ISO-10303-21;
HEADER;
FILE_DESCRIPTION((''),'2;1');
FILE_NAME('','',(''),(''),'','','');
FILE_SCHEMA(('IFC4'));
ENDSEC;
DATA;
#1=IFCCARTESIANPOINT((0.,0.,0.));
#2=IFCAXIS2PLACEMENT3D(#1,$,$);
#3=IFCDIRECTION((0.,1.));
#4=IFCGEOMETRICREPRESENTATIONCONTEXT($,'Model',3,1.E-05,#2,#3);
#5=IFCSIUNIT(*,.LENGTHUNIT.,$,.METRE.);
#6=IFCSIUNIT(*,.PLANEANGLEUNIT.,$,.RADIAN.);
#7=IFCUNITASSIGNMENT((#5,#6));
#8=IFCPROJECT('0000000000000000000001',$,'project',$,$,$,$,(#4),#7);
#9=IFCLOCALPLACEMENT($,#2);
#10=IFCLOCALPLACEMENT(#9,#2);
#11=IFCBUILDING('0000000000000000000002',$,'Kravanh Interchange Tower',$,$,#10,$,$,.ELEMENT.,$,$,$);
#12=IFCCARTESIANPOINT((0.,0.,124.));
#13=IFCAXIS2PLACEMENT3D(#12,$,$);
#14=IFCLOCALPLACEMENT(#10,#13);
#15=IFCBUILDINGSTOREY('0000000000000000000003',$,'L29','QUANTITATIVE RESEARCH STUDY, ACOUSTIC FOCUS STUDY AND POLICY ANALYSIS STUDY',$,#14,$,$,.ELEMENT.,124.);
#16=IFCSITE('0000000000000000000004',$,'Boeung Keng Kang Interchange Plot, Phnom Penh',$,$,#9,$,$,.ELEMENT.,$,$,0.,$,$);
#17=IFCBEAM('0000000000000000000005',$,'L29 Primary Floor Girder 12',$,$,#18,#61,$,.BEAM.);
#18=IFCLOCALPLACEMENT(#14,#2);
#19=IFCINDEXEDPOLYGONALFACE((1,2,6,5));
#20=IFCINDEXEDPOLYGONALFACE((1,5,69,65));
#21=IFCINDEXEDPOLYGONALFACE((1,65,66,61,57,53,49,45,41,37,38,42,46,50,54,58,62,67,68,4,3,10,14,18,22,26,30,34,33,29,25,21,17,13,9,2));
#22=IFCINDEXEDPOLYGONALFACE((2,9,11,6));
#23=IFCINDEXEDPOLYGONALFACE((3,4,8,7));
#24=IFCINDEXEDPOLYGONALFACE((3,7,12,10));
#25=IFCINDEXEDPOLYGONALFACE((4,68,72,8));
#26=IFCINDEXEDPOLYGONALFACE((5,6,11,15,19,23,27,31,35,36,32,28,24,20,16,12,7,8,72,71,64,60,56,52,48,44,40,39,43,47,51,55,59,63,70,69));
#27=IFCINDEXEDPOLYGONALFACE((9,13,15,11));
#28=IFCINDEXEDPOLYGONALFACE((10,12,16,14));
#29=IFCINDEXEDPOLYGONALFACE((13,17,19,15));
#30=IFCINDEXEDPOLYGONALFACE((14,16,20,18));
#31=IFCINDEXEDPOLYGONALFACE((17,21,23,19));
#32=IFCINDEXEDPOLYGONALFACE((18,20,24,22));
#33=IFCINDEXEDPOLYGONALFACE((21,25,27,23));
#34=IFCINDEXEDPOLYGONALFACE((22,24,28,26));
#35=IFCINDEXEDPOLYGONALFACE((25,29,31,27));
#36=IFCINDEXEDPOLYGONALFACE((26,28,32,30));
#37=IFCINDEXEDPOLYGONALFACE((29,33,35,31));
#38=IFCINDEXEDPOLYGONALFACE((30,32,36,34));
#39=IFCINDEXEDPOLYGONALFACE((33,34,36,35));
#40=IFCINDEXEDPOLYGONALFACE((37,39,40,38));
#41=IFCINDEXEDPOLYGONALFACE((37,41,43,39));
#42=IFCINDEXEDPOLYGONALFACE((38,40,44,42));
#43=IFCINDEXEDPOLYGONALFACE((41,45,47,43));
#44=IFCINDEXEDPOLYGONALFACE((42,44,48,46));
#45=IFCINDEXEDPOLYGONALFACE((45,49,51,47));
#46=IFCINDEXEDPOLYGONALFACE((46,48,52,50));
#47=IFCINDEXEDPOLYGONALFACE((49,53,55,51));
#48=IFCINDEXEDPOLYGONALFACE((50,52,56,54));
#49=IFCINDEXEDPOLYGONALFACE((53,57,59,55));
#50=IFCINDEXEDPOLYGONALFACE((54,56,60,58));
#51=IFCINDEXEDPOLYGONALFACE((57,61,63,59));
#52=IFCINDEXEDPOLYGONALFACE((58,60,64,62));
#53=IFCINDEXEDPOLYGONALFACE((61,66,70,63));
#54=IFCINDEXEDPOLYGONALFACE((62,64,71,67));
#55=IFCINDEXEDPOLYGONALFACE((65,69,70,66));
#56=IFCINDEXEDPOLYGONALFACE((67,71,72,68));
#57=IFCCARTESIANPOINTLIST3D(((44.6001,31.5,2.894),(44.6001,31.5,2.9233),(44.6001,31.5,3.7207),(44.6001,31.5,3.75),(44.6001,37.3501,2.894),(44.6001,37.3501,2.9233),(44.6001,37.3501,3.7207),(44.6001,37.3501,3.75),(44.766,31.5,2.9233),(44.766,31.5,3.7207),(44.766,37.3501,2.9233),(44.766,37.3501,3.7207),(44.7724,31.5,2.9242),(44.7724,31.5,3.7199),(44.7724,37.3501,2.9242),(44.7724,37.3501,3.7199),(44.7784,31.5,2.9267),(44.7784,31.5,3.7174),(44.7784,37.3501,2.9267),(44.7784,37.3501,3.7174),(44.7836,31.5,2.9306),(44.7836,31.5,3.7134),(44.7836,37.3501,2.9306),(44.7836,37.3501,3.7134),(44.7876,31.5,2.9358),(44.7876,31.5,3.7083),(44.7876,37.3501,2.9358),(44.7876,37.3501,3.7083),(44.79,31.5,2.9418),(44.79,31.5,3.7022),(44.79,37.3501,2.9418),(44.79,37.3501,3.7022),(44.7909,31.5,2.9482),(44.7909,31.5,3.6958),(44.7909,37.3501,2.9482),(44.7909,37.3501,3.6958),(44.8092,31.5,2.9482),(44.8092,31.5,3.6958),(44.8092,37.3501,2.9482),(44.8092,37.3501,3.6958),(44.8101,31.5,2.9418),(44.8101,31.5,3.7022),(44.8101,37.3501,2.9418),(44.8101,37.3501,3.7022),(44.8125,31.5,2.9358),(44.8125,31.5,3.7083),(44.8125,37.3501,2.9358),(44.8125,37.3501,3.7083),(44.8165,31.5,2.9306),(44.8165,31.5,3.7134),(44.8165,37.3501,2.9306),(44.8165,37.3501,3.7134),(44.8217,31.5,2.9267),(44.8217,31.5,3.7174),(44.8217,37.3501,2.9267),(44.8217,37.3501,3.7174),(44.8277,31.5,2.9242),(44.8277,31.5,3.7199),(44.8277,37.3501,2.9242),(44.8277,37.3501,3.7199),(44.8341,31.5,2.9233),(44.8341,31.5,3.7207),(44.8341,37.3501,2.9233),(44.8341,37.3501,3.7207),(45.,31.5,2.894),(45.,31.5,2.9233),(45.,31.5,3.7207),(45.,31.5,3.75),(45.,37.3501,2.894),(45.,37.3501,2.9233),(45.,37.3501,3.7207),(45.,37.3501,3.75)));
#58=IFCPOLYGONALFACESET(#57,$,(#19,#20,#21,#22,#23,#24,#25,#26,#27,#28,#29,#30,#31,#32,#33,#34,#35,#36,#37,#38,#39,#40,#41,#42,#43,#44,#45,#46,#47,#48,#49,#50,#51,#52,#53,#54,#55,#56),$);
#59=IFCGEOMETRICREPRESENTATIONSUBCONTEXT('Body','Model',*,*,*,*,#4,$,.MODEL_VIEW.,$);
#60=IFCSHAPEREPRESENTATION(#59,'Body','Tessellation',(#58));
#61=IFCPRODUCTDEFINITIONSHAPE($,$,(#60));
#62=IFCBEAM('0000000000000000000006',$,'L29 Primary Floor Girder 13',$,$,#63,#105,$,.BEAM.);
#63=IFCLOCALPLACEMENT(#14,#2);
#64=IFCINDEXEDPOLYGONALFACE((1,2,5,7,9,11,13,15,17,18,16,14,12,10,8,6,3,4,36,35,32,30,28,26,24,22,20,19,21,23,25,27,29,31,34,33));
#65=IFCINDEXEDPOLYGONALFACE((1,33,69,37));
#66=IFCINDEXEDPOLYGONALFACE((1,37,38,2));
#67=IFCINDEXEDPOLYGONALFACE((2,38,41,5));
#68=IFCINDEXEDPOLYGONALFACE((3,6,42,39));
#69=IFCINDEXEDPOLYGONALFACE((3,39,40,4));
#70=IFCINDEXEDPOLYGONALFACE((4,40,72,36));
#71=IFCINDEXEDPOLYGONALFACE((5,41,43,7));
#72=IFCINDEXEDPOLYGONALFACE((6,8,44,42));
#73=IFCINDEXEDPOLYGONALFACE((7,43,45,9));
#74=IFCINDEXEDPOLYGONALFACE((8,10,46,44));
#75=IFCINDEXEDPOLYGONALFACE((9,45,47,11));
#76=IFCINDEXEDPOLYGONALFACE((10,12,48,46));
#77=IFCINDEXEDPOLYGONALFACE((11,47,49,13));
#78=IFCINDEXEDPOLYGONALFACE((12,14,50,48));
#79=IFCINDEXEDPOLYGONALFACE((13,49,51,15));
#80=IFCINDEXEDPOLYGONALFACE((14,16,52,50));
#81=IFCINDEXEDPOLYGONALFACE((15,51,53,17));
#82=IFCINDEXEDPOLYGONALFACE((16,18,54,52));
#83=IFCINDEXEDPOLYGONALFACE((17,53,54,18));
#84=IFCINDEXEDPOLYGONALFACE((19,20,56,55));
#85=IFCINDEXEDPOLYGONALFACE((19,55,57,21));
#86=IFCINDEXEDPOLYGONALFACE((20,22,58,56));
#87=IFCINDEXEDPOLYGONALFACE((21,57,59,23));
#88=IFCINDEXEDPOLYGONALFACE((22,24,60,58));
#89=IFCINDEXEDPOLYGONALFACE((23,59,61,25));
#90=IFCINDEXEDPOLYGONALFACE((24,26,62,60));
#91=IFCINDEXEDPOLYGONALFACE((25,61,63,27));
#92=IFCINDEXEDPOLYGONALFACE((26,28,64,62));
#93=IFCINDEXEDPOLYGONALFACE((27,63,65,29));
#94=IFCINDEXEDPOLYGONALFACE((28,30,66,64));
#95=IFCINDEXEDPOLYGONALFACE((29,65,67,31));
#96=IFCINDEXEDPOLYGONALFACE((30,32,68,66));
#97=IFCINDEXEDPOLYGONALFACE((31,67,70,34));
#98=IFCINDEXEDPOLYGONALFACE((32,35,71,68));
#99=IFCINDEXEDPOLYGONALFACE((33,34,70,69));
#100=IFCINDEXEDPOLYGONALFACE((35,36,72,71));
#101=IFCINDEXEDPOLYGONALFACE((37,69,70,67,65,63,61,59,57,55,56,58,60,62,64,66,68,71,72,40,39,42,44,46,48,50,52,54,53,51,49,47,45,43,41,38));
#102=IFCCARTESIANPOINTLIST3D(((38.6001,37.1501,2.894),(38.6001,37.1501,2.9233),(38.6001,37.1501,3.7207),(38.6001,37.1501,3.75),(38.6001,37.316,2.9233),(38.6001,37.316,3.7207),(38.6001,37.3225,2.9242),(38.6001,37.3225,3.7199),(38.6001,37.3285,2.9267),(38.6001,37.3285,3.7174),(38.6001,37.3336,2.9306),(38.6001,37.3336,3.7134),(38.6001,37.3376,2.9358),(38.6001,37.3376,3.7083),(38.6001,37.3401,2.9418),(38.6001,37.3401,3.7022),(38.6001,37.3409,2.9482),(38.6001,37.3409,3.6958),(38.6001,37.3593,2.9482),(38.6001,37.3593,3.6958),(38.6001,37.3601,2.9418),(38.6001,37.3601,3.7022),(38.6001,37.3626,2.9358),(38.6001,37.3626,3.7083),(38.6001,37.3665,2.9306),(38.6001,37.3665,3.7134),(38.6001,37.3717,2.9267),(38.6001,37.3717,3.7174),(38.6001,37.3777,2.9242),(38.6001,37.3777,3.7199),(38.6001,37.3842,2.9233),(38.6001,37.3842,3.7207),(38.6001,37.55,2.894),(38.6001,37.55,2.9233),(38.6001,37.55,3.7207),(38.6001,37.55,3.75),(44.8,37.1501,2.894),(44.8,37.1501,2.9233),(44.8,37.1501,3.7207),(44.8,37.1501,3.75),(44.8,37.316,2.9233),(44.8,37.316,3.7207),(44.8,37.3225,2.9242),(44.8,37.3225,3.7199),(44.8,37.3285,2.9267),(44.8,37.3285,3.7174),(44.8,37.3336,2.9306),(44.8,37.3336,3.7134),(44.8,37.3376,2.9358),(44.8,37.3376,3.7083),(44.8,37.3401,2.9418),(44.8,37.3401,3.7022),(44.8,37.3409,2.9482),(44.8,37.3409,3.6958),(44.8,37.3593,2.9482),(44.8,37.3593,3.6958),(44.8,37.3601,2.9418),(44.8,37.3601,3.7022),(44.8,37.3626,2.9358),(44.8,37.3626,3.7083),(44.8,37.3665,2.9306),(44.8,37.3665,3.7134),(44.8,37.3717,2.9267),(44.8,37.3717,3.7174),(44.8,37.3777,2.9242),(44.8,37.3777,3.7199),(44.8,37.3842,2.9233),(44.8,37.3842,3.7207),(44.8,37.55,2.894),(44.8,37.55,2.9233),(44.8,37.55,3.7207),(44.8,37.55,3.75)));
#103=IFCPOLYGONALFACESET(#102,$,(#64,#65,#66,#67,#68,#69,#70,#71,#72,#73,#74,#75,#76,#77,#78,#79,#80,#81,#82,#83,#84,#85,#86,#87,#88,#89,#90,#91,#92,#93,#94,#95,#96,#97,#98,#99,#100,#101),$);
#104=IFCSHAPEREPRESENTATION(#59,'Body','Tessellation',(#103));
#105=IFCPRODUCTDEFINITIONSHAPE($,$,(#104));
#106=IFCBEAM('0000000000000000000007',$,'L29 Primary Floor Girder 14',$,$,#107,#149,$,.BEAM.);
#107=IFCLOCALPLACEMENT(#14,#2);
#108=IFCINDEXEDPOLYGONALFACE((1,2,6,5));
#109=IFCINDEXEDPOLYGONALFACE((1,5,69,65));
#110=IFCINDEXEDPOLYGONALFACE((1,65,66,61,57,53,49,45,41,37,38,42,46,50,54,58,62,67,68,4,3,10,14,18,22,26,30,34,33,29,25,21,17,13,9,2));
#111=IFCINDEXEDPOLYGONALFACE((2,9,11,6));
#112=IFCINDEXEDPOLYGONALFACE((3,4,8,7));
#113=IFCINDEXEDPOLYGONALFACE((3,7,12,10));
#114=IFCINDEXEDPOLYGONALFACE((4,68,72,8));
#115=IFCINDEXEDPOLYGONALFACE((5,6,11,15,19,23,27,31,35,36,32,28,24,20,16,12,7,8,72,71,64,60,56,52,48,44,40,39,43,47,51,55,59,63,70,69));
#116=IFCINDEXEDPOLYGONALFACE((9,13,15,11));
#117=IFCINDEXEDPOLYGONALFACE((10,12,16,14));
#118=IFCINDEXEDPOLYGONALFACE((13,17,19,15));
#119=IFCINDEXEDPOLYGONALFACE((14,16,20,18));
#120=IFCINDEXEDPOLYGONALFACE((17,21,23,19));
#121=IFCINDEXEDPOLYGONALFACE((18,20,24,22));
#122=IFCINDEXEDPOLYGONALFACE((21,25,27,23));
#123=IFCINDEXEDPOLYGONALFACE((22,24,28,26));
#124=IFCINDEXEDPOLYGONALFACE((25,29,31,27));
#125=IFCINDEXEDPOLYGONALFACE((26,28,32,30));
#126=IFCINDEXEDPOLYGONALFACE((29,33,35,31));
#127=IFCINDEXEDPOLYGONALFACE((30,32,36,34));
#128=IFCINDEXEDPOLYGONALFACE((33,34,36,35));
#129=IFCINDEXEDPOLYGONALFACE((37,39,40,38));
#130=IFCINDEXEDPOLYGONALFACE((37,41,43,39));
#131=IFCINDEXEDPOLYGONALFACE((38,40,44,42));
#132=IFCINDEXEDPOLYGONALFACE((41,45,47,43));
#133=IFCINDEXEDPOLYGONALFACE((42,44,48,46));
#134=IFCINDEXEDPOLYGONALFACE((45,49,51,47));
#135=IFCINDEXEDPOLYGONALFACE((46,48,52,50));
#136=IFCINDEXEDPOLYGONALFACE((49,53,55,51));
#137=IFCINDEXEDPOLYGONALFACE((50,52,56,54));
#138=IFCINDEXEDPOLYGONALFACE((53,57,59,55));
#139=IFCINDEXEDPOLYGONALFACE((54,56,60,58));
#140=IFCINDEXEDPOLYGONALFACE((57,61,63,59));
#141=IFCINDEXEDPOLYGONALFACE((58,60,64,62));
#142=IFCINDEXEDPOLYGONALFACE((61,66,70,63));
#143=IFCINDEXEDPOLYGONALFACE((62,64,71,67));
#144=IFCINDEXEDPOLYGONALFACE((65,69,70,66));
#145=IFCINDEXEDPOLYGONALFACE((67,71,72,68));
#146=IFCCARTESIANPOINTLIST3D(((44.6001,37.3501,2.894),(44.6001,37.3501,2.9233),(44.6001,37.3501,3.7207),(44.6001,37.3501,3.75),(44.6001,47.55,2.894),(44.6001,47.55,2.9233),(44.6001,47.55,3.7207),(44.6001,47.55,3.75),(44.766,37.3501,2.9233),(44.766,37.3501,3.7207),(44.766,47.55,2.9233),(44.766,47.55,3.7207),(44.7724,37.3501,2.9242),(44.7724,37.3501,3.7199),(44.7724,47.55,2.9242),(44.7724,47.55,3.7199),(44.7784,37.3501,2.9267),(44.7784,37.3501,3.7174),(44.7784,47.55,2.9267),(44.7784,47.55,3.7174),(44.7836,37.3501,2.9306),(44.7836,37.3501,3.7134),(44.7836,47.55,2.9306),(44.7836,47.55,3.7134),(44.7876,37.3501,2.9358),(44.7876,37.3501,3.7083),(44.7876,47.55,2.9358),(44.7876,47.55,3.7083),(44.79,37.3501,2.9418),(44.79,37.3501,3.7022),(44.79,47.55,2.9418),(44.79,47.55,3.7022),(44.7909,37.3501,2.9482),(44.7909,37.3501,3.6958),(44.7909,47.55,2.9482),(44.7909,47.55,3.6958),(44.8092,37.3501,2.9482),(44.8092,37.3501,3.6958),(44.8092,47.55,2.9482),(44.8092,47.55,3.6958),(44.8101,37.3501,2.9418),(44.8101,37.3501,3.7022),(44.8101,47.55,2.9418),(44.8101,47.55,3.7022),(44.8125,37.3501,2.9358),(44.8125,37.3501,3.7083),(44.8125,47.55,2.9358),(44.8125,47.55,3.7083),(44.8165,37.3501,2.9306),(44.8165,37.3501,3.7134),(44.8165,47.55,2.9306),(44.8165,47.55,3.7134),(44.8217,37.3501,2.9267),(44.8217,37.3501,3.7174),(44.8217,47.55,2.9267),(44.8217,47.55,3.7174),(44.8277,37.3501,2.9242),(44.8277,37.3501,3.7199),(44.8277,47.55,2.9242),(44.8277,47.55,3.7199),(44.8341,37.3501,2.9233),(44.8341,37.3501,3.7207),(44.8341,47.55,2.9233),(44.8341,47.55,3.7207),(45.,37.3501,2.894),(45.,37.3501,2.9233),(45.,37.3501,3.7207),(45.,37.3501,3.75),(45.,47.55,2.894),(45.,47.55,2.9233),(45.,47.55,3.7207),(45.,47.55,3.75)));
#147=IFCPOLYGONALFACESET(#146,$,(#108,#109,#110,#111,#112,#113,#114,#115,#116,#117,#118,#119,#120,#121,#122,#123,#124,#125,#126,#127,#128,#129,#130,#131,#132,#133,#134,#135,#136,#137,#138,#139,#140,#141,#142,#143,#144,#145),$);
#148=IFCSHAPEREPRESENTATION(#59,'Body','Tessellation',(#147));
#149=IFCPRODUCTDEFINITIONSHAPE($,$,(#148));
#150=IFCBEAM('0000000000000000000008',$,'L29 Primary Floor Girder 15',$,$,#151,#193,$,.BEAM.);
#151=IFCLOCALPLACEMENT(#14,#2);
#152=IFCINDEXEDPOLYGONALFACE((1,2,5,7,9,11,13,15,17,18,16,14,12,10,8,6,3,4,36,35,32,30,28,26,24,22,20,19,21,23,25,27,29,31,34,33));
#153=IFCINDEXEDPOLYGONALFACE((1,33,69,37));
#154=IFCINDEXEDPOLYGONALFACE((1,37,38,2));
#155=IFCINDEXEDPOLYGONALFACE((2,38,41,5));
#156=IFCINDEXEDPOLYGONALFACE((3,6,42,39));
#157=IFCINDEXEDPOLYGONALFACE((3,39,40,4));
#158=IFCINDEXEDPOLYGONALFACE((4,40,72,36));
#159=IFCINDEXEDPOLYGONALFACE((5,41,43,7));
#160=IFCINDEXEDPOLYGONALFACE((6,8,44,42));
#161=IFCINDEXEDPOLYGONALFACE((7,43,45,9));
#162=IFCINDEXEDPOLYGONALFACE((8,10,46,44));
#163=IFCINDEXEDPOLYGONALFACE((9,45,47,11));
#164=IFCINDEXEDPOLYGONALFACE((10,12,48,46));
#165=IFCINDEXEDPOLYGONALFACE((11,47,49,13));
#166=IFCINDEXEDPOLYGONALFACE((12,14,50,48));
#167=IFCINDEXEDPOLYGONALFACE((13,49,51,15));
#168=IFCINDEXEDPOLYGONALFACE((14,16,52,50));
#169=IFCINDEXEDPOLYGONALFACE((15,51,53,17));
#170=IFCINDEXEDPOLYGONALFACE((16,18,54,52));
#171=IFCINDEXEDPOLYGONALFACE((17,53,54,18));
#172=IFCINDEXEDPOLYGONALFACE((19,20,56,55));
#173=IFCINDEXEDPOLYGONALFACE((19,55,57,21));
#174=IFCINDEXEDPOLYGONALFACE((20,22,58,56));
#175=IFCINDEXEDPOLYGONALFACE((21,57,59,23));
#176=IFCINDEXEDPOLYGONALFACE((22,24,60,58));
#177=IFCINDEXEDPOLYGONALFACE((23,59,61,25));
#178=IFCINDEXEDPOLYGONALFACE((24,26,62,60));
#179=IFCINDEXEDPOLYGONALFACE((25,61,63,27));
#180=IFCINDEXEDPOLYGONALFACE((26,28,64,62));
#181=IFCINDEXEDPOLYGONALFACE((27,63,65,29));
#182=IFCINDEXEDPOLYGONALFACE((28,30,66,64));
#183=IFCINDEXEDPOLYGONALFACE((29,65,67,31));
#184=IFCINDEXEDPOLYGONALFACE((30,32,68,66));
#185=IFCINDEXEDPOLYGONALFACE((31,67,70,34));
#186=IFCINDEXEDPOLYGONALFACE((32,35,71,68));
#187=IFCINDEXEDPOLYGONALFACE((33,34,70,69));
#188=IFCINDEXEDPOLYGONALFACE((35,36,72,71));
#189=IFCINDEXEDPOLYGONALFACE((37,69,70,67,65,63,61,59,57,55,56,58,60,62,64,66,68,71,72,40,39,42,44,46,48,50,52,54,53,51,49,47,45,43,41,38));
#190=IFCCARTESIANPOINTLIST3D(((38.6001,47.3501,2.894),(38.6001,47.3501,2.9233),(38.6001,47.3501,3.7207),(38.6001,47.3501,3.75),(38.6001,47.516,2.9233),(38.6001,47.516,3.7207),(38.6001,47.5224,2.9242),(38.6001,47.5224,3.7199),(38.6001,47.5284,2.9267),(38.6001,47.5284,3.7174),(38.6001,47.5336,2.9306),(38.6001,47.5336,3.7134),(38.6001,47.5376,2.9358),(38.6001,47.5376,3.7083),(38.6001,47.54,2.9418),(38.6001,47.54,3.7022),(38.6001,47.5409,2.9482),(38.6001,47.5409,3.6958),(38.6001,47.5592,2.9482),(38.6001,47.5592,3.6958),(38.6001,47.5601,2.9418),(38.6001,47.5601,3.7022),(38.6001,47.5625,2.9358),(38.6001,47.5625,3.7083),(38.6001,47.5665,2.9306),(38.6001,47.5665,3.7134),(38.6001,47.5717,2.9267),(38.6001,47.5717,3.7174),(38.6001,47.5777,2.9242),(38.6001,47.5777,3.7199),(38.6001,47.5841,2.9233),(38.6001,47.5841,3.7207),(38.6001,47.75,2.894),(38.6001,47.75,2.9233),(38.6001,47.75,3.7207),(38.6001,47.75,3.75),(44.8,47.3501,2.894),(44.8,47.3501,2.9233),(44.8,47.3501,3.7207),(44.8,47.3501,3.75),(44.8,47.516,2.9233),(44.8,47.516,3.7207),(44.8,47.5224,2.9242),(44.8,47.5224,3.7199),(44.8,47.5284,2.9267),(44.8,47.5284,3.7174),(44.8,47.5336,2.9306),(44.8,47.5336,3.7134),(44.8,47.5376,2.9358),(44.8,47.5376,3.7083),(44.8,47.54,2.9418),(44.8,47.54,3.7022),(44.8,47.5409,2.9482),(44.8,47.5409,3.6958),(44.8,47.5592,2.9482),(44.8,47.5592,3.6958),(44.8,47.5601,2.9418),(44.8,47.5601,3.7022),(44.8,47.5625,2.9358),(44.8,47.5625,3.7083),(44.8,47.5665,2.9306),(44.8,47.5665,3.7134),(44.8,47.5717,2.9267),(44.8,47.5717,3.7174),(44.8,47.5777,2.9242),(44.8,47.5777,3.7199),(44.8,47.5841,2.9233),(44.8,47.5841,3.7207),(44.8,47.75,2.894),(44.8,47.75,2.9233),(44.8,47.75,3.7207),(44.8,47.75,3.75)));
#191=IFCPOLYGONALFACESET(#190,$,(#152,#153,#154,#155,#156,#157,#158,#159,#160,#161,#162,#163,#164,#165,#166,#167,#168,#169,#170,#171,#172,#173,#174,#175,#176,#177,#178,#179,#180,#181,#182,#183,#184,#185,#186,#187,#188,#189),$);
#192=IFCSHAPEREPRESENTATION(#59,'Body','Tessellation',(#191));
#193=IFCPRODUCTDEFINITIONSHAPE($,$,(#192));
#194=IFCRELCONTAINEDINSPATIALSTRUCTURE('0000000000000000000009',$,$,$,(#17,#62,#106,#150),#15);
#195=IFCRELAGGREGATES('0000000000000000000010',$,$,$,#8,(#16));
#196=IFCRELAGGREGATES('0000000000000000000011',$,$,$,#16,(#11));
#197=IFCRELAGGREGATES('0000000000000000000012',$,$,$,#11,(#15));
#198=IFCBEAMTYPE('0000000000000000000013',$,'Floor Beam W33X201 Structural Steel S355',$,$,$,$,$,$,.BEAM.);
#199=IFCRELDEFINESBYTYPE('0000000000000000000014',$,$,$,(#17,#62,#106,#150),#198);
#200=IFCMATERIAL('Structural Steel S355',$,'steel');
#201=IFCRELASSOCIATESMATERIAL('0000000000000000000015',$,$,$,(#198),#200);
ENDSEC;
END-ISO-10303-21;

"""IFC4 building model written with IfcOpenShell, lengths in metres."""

from ifc_helpers import new_model, si_unit, direction, frame, origin, origin_2d, place, context, subcontext, project, spatial, i_section, extrude, material, material_profile, profile_set, type_object, element, save


model = new_model("IFC4")

# Units and contexts
model_context = context("Model", 3, precision=1e-05, world=origin(), true_north=direction((0.0, 1.0)))
body_context = subcontext(model_context, "Body", "Model", "MODEL_VIEW")
ifc_project = project(units=[si_unit("LENGTHUNIT", "METRE"), si_unit("PLANEANGLEUNIT", "RADIAN")], contexts=[model_context])

# Site, building, storey
site_placement = place(None, origin())
site = spatial("IfcSite", under=ifc_project, at=site_placement, Name="Boeung Keng Kang Interchange Plot, Phnom Penh", CompositionType="ELEMENT", RefElevation=0.0)
building_placement = place(site_placement, origin())
building = spatial("IfcBuilding", under=site, at=building_placement, Name="Kravanh Interchange Tower", CompositionType="ELEMENT")
storey_placement = place(building_placement, frame((0.0, 0.0, 124.0)))
storey = spatial("IfcBuildingStorey", under=building, at=storey_placement, Name="L29", Description="QUANTITATIVE RESEARCH STUDY, ACOUSTIC FOCUS STUDY AND POLICY ANALYSIS STUDY", CompositionType="ELEMENT", Elevation=124.0)

# Beams
ifc_material_1 = material(Name="Structural Steel S355", Category="steel")
ifc_material_profile_1 = material_profile(ifc_material_1, i_section(OverallWidth=0.3999, OverallDepth=0.856, WebThickness=0.0183, FlangeThickness=0.0293, FilletRadius=0.0249, at=origin_2d()), Name="W33X201")
ifc_profile_set_1 = profile_set([ifc_material_profile_1], Name="Structural Steel S355")
beam_type_1 = type_object("IfcBeamType", Name="Floor Beam W33X201 Structural Steel S355", PredefinedType="BEAM", material=ifc_profile_set_1)
beam_1_placement = place(storey_placement, frame((44.8, 37.3501, 3.322), z_axis=(0.0, -1.0, 0.0), x_axis=(1.0, 0.0, 0.0)))
element("IfcBeam", 1, at=beam_1_placement, inside=storey, type_object=beam_type_1, Name="L29 Primary Floor Girder 12", PredefinedType="BEAM", context=body_context, shape_type="SweptSolid", body=[
    extrude(i_section(OverallWidth=0.3999, OverallDepth=0.856, WebThickness=0.0183, FlangeThickness=0.0293, FilletRadius=0.0249, at=origin_2d()), origin(), (0.0, 0.0, 1.0), 5.8501),
])
beam_2_placement = place(storey_placement, frame((44.8, 37.3501, 3.322), z_axis=(-1.0, 0.0, 0.0), x_axis=(0.0, -1.0, 0.0)))
element("IfcBeam", 2, at=beam_2_placement, inside=storey, type_object=beam_type_1, Name="L29 Primary Floor Girder 13", PredefinedType="BEAM", context=body_context, shape_type="SweptSolid", body=[
    extrude(i_section(OverallWidth=0.3999, OverallDepth=0.856, WebThickness=0.0183, FlangeThickness=0.0293, FilletRadius=0.0249, at=origin_2d()), origin(), (0.0, 0.0, 1.0), 6.2),
])
beam_3_placement = place(storey_placement, frame((44.8, 37.3501, 3.322), z_axis=(0.0, 1.0, 0.0), x_axis=(-1.0, 0.0, 0.0)))
element("IfcBeam", 3, at=beam_3_placement, inside=storey, type_object=beam_type_1, Name="L29 Primary Floor Girder 14", PredefinedType="BEAM", context=body_context, shape_type="SweptSolid", body=[
    extrude(i_section(OverallWidth=0.3999, OverallDepth=0.856, WebThickness=0.0183, FlangeThickness=0.0293, FilletRadius=0.0249, at=origin_2d()), origin(), (0.0, 0.0, 1.0), 10.2),
])
beam_4_placement = place(storey_placement, frame((44.8, 47.55, 3.322), z_axis=(-1.0, 0.0, 0.0), x_axis=(0.0, -1.0, 0.0)))
element("IfcBeam", 4, at=beam_4_placement, inside=storey, type_object=beam_type_1, Name="L29 Primary Floor Girder 15", PredefinedType="BEAM", context=body_context, shape_type="SweptSolid", body=[
    extrude(i_section(OverallWidth=0.3999, OverallDepth=0.856, WebThickness=0.0183, FlangeThickness=0.0293, FilletRadius=0.0249, at=origin_2d()), origin(), (0.0, 0.0, 1.0), 6.2),
])

save(model, "model.ifc")
